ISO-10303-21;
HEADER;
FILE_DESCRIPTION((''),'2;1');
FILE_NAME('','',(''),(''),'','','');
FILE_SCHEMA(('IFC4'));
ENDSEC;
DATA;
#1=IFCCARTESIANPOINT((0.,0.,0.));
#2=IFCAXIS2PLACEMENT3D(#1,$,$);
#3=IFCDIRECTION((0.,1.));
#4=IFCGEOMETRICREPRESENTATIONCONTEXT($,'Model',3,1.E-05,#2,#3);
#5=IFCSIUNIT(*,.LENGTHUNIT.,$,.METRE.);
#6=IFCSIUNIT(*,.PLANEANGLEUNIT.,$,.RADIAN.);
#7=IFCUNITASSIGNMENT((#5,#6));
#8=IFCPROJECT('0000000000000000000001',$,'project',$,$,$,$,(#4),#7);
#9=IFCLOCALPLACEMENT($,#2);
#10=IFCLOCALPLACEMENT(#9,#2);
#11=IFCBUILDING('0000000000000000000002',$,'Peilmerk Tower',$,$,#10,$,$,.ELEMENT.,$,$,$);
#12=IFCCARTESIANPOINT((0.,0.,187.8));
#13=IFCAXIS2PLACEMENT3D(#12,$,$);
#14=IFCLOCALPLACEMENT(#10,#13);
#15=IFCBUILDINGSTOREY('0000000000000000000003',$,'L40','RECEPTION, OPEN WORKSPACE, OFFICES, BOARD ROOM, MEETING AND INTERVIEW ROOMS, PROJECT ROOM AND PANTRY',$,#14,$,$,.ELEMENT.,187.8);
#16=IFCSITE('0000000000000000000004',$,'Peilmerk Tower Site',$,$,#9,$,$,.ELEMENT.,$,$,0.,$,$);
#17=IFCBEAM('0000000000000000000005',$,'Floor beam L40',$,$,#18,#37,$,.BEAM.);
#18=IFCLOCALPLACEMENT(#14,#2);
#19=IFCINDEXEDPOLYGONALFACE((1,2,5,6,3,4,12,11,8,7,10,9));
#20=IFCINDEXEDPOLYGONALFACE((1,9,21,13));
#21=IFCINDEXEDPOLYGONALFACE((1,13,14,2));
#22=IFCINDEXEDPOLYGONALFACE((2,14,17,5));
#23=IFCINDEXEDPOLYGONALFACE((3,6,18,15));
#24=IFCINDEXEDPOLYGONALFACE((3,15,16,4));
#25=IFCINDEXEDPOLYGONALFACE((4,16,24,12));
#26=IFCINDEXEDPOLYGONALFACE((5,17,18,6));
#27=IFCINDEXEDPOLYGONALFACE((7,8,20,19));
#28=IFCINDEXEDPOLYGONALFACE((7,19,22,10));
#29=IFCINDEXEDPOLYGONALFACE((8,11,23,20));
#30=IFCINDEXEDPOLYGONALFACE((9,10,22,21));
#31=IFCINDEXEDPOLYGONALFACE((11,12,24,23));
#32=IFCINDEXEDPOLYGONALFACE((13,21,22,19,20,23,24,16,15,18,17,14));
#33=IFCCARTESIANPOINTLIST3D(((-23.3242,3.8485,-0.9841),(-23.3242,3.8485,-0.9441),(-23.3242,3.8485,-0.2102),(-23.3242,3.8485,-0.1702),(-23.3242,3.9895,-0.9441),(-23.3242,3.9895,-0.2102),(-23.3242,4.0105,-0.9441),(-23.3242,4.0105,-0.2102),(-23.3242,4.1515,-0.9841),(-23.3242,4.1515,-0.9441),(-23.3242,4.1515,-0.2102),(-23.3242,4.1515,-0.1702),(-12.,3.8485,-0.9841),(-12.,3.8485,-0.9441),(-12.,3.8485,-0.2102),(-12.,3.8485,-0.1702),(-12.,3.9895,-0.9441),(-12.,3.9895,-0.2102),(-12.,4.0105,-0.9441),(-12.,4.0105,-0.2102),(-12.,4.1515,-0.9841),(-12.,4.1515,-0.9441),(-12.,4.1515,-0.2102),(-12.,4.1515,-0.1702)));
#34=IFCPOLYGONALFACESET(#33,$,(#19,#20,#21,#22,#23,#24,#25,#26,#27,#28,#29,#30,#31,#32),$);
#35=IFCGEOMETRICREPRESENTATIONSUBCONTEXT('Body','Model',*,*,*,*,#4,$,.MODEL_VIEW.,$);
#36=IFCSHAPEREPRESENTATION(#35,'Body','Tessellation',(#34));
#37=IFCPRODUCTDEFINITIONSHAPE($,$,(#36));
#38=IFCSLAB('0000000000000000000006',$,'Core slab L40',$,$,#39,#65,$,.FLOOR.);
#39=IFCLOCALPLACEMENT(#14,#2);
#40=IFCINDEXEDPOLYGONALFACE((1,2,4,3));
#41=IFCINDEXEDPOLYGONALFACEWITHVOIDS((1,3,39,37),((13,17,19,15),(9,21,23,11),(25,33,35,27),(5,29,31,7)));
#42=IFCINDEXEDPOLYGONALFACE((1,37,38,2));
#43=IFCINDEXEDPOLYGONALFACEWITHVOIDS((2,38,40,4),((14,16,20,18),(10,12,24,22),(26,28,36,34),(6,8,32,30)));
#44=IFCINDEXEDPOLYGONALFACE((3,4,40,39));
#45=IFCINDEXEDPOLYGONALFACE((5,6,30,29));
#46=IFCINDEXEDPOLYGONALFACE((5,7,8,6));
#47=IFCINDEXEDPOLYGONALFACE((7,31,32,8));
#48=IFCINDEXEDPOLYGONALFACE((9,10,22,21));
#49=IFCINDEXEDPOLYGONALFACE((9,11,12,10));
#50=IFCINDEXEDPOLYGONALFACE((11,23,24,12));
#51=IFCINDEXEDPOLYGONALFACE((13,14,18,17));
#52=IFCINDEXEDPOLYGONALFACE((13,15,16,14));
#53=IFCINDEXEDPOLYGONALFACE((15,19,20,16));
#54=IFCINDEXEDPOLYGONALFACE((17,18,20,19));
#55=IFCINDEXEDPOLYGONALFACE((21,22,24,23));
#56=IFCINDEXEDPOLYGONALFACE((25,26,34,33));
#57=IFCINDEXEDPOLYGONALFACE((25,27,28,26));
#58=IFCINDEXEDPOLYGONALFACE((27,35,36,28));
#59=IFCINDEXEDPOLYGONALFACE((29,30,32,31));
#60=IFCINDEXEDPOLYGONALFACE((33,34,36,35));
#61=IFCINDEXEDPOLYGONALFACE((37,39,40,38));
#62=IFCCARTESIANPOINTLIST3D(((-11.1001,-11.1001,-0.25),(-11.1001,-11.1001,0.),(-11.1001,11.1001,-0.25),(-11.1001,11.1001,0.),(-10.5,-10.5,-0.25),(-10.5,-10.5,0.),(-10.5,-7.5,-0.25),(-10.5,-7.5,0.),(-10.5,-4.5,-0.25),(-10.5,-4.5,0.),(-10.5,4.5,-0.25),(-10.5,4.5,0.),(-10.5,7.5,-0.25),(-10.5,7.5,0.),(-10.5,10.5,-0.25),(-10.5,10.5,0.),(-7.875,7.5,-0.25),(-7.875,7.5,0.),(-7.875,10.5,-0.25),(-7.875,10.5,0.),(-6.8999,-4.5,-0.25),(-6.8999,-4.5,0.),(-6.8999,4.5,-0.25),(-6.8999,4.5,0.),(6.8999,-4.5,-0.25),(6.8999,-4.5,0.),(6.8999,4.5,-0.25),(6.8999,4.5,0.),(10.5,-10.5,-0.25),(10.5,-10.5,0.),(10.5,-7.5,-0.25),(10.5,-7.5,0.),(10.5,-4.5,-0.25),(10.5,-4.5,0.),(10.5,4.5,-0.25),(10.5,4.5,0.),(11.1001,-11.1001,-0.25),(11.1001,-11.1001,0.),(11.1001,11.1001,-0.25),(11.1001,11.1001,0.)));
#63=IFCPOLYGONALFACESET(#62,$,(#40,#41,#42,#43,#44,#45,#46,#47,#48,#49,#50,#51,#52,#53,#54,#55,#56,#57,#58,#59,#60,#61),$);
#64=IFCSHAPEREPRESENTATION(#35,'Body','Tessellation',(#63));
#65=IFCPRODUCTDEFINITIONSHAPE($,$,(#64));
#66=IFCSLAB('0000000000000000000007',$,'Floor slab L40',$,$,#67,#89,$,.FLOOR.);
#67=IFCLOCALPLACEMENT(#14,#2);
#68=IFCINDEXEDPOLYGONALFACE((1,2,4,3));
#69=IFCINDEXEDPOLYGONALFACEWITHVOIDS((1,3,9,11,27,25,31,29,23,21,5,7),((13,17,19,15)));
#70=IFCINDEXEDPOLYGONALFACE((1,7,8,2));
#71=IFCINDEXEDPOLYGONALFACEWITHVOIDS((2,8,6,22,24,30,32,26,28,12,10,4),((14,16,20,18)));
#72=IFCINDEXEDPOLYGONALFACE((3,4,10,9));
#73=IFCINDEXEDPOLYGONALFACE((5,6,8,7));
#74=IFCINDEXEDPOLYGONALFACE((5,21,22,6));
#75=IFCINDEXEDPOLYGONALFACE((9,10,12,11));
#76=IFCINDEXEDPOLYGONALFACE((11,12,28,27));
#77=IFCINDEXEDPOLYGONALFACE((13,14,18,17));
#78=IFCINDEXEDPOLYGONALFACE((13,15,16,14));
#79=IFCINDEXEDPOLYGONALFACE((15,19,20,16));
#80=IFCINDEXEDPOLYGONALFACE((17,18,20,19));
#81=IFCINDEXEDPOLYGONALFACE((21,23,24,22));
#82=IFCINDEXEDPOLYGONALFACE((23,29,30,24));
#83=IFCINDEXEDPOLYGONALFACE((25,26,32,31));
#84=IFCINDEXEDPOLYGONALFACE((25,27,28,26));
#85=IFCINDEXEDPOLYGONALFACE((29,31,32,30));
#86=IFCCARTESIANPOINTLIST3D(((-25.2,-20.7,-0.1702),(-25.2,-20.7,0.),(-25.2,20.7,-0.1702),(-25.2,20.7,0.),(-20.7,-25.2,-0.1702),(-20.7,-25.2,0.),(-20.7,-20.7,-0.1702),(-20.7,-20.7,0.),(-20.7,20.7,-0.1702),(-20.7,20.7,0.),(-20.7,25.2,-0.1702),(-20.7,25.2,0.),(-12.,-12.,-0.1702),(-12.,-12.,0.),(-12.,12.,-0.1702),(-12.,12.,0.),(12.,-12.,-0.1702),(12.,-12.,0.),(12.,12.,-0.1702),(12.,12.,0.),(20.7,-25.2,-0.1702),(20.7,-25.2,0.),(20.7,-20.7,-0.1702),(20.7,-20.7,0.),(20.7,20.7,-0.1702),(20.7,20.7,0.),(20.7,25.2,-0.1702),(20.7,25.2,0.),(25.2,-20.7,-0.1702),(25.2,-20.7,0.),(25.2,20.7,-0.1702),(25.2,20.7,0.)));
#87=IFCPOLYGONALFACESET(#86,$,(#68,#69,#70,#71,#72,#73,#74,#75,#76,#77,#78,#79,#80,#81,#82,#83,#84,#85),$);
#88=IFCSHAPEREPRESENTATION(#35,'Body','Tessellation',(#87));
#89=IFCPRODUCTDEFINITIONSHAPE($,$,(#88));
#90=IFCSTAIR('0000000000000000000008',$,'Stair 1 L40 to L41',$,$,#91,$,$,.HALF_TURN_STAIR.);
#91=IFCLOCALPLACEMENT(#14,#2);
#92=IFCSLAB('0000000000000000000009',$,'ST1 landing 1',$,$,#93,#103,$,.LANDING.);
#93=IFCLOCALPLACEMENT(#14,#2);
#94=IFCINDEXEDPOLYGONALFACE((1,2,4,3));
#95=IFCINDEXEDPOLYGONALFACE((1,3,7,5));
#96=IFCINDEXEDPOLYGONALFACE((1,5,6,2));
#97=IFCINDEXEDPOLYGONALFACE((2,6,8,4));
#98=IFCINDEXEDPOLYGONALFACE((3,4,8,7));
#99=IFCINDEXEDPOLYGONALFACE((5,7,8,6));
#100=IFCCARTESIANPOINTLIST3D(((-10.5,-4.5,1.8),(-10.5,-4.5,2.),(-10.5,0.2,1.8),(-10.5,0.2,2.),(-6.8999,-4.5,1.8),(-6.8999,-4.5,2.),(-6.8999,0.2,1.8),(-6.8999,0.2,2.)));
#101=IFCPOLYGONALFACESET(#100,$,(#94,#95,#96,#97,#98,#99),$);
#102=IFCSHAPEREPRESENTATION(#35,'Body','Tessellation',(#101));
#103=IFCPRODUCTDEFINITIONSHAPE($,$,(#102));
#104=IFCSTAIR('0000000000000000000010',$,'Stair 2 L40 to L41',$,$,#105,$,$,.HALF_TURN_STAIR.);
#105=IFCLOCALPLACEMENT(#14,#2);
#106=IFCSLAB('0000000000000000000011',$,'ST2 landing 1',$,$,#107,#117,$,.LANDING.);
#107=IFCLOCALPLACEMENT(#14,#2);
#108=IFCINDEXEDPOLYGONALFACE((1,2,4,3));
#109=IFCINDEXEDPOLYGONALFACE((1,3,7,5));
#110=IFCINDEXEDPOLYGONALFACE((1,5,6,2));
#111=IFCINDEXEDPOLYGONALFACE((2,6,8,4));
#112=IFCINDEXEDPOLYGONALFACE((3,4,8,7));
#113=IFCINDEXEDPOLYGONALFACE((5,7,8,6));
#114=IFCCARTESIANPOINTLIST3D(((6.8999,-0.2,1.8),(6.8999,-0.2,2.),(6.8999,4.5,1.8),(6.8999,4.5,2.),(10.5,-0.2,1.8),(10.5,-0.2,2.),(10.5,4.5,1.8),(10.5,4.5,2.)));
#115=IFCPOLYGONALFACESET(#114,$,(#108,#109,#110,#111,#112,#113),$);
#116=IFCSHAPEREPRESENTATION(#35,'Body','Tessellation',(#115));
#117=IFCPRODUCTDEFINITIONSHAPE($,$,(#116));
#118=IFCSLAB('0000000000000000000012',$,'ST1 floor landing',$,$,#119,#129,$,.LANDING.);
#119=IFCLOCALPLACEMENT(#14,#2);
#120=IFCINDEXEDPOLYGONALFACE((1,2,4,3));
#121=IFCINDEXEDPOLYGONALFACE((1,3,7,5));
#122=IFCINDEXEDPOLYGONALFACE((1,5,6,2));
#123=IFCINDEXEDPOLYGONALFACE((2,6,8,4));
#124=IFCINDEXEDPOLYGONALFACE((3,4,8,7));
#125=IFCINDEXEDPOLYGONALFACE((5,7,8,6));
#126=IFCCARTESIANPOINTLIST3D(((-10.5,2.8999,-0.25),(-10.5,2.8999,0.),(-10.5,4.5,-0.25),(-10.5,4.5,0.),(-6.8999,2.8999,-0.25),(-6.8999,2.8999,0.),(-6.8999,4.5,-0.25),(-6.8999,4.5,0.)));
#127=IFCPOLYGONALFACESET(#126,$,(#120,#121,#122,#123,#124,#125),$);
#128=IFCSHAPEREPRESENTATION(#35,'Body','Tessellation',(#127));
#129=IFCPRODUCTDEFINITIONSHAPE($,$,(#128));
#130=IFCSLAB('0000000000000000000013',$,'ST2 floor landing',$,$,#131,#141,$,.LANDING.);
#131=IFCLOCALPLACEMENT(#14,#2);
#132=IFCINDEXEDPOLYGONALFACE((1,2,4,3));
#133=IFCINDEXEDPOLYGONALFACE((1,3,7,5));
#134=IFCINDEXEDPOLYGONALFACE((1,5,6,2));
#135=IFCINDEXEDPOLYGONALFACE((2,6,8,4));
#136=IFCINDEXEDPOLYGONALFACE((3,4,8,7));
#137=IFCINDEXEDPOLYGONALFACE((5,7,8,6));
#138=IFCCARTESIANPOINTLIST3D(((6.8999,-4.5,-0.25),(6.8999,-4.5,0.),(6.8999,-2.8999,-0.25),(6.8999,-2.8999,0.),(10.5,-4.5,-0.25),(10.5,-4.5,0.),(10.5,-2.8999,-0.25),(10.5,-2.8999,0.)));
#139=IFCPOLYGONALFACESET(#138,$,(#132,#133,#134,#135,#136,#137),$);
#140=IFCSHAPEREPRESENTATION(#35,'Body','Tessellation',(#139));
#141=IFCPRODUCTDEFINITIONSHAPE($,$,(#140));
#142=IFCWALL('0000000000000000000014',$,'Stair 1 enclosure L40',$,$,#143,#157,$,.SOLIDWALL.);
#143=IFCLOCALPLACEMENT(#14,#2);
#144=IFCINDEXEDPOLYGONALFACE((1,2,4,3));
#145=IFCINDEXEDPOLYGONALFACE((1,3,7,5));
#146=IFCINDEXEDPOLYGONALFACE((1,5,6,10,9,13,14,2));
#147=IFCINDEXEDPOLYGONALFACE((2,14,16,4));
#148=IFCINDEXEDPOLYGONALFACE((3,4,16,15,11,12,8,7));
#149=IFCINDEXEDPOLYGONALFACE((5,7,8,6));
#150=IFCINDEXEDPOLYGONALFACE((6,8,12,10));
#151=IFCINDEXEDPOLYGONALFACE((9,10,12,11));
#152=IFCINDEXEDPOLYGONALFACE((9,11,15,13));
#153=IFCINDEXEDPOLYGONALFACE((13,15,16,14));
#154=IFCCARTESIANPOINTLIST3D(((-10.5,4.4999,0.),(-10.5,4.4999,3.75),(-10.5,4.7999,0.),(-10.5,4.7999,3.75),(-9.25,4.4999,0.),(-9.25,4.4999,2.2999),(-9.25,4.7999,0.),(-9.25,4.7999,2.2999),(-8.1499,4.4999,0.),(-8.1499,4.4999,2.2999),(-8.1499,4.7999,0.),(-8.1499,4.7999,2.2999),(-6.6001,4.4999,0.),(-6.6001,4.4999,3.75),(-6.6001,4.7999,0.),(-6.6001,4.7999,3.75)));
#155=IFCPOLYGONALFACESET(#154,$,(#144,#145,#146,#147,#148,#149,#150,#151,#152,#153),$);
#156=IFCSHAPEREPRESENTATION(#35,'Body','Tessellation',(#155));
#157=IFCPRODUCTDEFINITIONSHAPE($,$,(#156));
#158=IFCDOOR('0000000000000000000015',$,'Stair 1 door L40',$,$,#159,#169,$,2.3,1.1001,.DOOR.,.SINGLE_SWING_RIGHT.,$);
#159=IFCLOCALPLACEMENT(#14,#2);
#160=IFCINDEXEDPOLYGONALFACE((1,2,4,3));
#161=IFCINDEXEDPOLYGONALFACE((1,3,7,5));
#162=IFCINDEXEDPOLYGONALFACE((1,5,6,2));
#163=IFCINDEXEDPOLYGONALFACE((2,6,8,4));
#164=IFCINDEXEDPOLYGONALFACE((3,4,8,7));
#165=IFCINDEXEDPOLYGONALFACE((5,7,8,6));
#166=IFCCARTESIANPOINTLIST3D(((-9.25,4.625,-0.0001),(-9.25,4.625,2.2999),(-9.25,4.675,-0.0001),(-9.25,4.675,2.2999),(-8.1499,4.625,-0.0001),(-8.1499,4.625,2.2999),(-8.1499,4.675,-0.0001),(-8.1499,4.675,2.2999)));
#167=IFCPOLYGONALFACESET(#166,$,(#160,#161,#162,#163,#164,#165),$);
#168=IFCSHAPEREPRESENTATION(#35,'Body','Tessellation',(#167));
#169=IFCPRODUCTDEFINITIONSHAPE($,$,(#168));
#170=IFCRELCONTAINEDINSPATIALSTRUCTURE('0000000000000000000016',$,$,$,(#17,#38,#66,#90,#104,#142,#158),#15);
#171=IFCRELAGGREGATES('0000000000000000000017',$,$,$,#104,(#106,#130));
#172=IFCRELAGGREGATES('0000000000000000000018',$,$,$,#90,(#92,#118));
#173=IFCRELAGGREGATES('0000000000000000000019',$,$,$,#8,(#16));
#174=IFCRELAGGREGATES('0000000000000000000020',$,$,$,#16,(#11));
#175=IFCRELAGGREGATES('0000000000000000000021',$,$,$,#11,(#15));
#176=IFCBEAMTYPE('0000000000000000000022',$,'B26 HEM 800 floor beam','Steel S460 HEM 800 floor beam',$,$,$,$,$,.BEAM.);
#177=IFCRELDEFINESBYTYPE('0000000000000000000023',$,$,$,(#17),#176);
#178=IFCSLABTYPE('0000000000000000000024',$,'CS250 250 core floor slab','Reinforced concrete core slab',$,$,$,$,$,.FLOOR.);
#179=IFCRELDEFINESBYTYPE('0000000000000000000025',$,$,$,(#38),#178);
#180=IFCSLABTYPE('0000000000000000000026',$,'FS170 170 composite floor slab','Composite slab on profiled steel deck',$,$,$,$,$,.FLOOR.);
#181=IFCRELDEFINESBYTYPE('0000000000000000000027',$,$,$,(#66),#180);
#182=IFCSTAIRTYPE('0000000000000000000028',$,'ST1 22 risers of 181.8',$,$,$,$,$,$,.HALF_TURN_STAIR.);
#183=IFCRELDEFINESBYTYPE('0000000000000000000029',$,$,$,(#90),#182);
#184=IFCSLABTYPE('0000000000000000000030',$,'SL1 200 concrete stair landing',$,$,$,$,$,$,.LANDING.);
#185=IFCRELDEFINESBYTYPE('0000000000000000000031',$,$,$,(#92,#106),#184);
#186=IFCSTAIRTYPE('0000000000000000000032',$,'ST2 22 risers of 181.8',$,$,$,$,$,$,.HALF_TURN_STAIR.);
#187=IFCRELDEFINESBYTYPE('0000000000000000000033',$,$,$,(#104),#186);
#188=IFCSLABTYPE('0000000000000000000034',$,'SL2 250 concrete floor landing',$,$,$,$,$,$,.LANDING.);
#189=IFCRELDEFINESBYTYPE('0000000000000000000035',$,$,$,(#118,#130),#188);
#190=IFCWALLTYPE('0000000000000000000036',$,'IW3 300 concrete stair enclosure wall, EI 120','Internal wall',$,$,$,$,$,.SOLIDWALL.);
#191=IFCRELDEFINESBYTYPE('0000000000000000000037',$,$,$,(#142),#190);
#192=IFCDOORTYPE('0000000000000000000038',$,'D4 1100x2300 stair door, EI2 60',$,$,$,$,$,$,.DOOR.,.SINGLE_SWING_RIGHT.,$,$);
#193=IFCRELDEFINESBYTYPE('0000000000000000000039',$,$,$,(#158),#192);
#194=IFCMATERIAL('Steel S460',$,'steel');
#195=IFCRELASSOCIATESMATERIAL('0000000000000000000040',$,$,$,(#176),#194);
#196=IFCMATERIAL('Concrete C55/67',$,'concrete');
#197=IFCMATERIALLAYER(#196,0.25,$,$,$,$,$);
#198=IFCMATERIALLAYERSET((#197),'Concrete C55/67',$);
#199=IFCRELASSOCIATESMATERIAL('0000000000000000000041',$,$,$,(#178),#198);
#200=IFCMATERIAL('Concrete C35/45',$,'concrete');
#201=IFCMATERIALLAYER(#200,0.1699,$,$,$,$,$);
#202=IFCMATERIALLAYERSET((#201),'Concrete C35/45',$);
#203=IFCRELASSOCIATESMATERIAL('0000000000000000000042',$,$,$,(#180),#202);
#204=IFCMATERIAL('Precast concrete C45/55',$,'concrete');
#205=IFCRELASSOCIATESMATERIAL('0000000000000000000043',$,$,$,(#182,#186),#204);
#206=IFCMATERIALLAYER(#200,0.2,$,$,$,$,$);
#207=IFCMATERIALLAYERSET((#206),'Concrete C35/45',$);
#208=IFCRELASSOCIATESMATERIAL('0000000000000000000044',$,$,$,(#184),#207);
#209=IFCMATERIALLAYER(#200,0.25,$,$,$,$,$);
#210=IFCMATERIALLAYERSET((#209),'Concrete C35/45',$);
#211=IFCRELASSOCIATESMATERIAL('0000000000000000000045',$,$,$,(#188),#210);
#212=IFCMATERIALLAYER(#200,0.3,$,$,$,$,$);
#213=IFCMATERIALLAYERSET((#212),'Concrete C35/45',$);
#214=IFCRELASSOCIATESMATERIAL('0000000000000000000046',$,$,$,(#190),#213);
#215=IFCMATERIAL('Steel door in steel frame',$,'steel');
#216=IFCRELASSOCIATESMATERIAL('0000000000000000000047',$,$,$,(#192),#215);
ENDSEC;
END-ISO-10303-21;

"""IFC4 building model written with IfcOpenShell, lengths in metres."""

from ifc_helpers import new_model, si_unit, direction, frame, frame_2d, origin, origin_2d, place, context, subcontext, project, spatial, polyline, rectangle, i_section, outline, extrude, material, layer, layer_set, material_profile, profile_set, type_object, element, fill, aggregate, save


model = new_model("IFC4")

# Units and contexts
model_context = context("Model", 3, precision=1e-05, world=origin(), true_north=direction((0.0, 1.0)))
body_context = subcontext(model_context, "Body", "Model", "MODEL_VIEW")
ifc_project = project(units=[si_unit("LENGTHUNIT", "METRE"), si_unit("PLANEANGLEUNIT", "RADIAN")], contexts=[model_context])

# Site, building, storey
site_placement = place(None, origin())
site = spatial("IfcSite", under=ifc_project, at=site_placement, Name="Peilmerk Tower Site", CompositionType="ELEMENT", RefElevation=0.0)
building_placement = place(site_placement, origin())
building = spatial("IfcBuilding", under=site, at=building_placement, Name="Peilmerk Tower", CompositionType="ELEMENT")
storey_placement = place(building_placement, frame((0.0, 0.0, 187.8)))
storey = spatial("IfcBuildingStorey", under=building, at=storey_placement, Name="L40", Description="RECEPTION, OPEN WORKSPACE, OFFICES, BOARD ROOM, MEETING AND INTERVIEW ROOMS, PROJECT ROOM AND PANTRY", CompositionType="ELEMENT", Elevation=187.8)

# Beam
ifc_material_1 = material(Name="Steel S460", Category="steel")
ifc_material_profile = material_profile(ifc_material_1, i_section(OverallWidth=0.303, OverallDepth=0.814, WebThickness=0.021, FlangeThickness=0.04, at=origin_2d()), Name="HEM 800")
ifc_profile_set = profile_set([ifc_material_profile], Name="Steel S460")
beam_type = type_object("IfcBeamType", Name="B26 HEM 800 floor beam", Description="Steel S460 HEM 800 floor beam", PredefinedType="BEAM", material=ifc_profile_set)
beam_placement = place(storey_placement, frame((-12.0, 4.0, -0.5771), z_axis=(-1.0, 0.0, 0.0), x_axis=(0.0, -1.0, 0.0)))
element("IfcBeam", 1, at=beam_placement, inside=storey, type_object=beam_type, Name="Floor beam L40", PredefinedType="BEAM", context=body_context, shape_type="SweptSolid", body=[
    extrude(i_section(OverallWidth=0.303, OverallDepth=0.814, WebThickness=0.021, FlangeThickness=0.04, at=origin_2d()), origin(), (0.0, 0.0, 1.0), 11.3242),
])

# Slabs
ifc_material_2 = material(Name="Concrete C55/67", Category="concrete")
ifc_layer_1 = layer(ifc_material_2, 0.25)
ifc_layer_set_1 = layer_set([ifc_layer_1], Name="Concrete C55/67")
slab_type_1 = type_object("IfcSlabType", Name="CS250 250 core floor slab", Description="Reinforced concrete core slab", PredefinedType="FLOOR", material=ifc_layer_set_1)
slab_1_placement = place(storey_placement, frame((0.0, 0.0, -0.25)))
element("IfcSlab", 2, at=slab_1_placement, inside=storey, type_object=slab_type_1, Name="Core slab L40", PredefinedType="FLOOR", context=body_context, shape_type="SweptSolid", body=[
    extrude(outline(polyline([(11.1001, 11.1001), (-11.1001, 11.1001), (-11.1001, -11.1001), (11.1001, -11.1001), (11.1001, 11.1001)]), holes=[polyline([(-10.5, 7.5), (-10.5, 10.5), (-7.875, 10.5), (-7.875, 7.5), (-10.5, 7.5)]), polyline([(-10.5, -10.5), (-10.5, -7.5), (10.5, -7.5), (10.5, -10.5), (-10.5, -10.5)]), polyline([(-10.5, 4.5), (-6.8999, 4.5), (-6.8999, -4.5), (-10.5, -4.5), (-10.5, 4.5)]), polyline([(10.5, 4.5), (10.5, -4.5), (6.8999, -4.5), (6.8999, 4.5), (10.5, 4.5)])]), origin(), (0.0, 0.0, 1.0), 0.25),
])
ifc_material_3 = material(Name="Concrete C35/45", Category="concrete")
ifc_layer_2 = layer(ifc_material_3, 0.1699)
ifc_layer_set_2 = layer_set([ifc_layer_2], Name="Concrete C35/45")
slab_type_2 = type_object("IfcSlabType", Name="FS170 170 composite floor slab", Description="Composite slab on profiled steel deck", PredefinedType="FLOOR", material=ifc_layer_set_2)
slab_2_placement = place(storey_placement, frame((0.0, 0.0, -0.1702)))
element("IfcSlab", 3, at=slab_2_placement, inside=storey, type_object=slab_type_2, Name="Floor slab L40", PredefinedType="FLOOR", context=body_context, shape_type="SweptSolid", body=[
    extrude(outline(polyline([(-20.7, -25.2), (20.7, -25.2), (20.7, -20.7), (25.2, -20.7), (25.2, 20.7), (20.7, 20.7), (20.7, 25.2), (-20.7, 25.2), (-20.7, 20.7), (-25.2, 20.7), (-25.2, -20.7), (-20.7, -20.7), (-20.7, -25.2)]), holes=[polyline([(12.0, 12.0), (12.0, -12.0), (-12.0, -12.0), (-12.0, 12.0), (12.0, 12.0)])]), origin(), (0.0, 0.0, 1.0), 0.1702),
])

# Stairs, slabs
ifc_material_4 = material(Name="Precast concrete C45/55", Category="concrete")
stair_type_1 = type_object("IfcStairType", Name="ST1 22 risers of 181.8", PredefinedType="HALF_TURN_STAIR", material=ifc_material_4)
stair_1_placement = place(storey_placement, origin())
stair_1 = element("IfcStair", 4, at=stair_1_placement, inside=storey, type_object=stair_type_1, Name="Stair 1 L40 to L41", PredefinedType="HALF_TURN_STAIR")
ifc_layer_3 = layer(ifc_material_3, 0.2)
ifc_layer_set_3 = layer_set([ifc_layer_3], Name="Concrete C35/45")
slab_type_3 = type_object("IfcSlabType", Name="SL1 200 concrete stair landing", PredefinedType="LANDING", material=ifc_layer_set_3)
slab_3_placement = place(storey_placement, frame((0.0, 0.0, 1.8)))
slab_3 = element("IfcSlab", 5, at=slab_3_placement, type_object=slab_type_3, Name="ST1 landing 1", PredefinedType="LANDING", context=body_context, shape_type="SweptSolid", body=[
    extrude(outline(polyline([(-10.5, -4.5), (-6.8999, -4.5), (-6.8999, 0.2), (-10.5, 0.2), (-10.5, -4.5)])), origin(), (0.0, 0.0, 1.0), 0.2),
])
stair_type_2 = type_object("IfcStairType", Name="ST2 22 risers of 181.8", PredefinedType="HALF_TURN_STAIR", material=ifc_material_4)
stair_2_placement = place(storey_placement, origin())
stair_2 = element("IfcStair", 6, at=stair_2_placement, inside=storey, type_object=stair_type_2, Name="Stair 2 L40 to L41", PredefinedType="HALF_TURN_STAIR")
slab_4_placement = place(storey_placement, frame((0.0, 0.0, 1.8)))
slab_4 = element("IfcSlab", 7, at=slab_4_placement, type_object=slab_type_3, Name="ST2 landing 1", PredefinedType="LANDING", context=body_context, shape_type="SweptSolid", body=[
    extrude(outline(polyline([(6.8999, -0.2), (10.5, -0.2), (10.5, 4.5), (6.8999, 4.5), (6.8999, -0.2)])), origin(), (0.0, 0.0, 1.0), 0.2),
])

# Slabs
ifc_layer_4 = layer(ifc_material_3, 0.25)
ifc_layer_set_4 = layer_set([ifc_layer_4], Name="Concrete C35/45")
slab_type_4 = type_object("IfcSlabType", Name="SL2 250 concrete floor landing", PredefinedType="LANDING", material=ifc_layer_set_4)
slab_5_placement = place(storey_placement, frame((0.0, 0.0, -0.25)))
slab_5 = element("IfcSlab", 8, at=slab_5_placement, type_object=slab_type_4, Name="ST1 floor landing", PredefinedType="LANDING", context=body_context, shape_type="SweptSolid", body=[
    extrude(outline(polyline([(-10.5, 2.8999), (-6.8999, 2.8999), (-6.8999, 4.5), (-10.5, 4.5), (-10.5, 2.8999)])), origin(), (0.0, 0.0, 1.0), 0.25),
])
slab_6_placement = place(storey_placement, frame((0.0, 0.0, -0.25)))
slab_6 = element("IfcSlab", 9, at=slab_6_placement, type_object=slab_type_4, Name="ST2 floor landing", PredefinedType="LANDING", context=body_context, shape_type="SweptSolid", body=[
    extrude(outline(polyline([(6.8999, -4.5), (10.5, -4.5), (10.5, -2.8999), (6.8999, -2.8999), (6.8999, -4.5)])), origin(), (0.0, 0.0, 1.0), 0.25),
])
aggregate(stair_2, [slab_4, slab_6])

# Wall, opening, door
ifc_layer_5 = layer(ifc_material_3, 0.3)
ifc_layer_set_5 = layer_set([ifc_layer_5], Name="Concrete C35/45")
wall_type_1 = type_object("IfcWallType", Name="IW3 300 concrete stair enclosure wall, EI 120", Description="Internal wall", PredefinedType="SOLIDWALL", material=ifc_layer_set_5)
wall_1_placement = place(storey_placement, frame((-10.5, 4.6499, 0.0), z_axis=(0.0, 0.0, 1.0), x_axis=(1.0, 0.0, 0.0)))
wall_1 = element("IfcWall", 10, at=wall_1_placement, inside=storey, type_object=wall_type_1, Name="Stair 1 enclosure L40", PredefinedType="SOLIDWALL", context=body_context, shape_type="SweptSolid", body=[
    extrude(rectangle(XDim=3.8999, YDim=0.3, at=frame_2d((1.95, 0.0))), origin(), (0.0, 0.0, 1.0), 3.75),
])
opening_1_placement = place(wall_1_placement, frame((1.25, 0.0, 0.0)))
opening_1 = element("IfcOpeningElement", 11, at=opening_1_placement, cuts=wall_1, PredefinedType="OPENING", context=body_context, shape_type="SweptSolid", body=[
    extrude(rectangle(XDim=1.1001, YDim=2.3, at=frame_2d((0.55, 1.1499))), frame((0.0, 0.1599, 0.0), z_axis=(0.0, -1.0, 0.0), x_axis=(1.0, 0.0, 0.0)), (0.0, 0.0, 1.0), 0.3201),
])
ifc_material_5 = material(Name="Steel door in steel frame", Category="steel")
door_type_1 = type_object("IfcDoorType", Name="D4 1100x2300 stair door, EI2 60", OperationType="SINGLE_SWING_RIGHT", PredefinedType="DOOR", material=ifc_material_5)
door_1_placement = place(opening_1_placement, frame((1.1001, 0.0, 0.0), z_axis=(0.0, 0.0, 1.0), x_axis=(-1.0, 0.0, 0.0)))
door_1 = element("IfcDoor", 12, at=door_1_placement, inside=storey, type_object=door_type_1, Name="Stair 1 door L40", OperationType="SINGLE_SWING_RIGHT", OverallHeight=2.3, OverallWidth=1.1001, PredefinedType="DOOR", context=body_context, shape_type="SweptSolid", body=[
    extrude(rectangle(XDim=1.1001, YDim=2.3, at=frame_2d((0.55, 1.1499))), frame((0.0, 0.0249, 0.0), z_axis=(0.0, -1.0, 0.0), x_axis=(1.0, 0.0, 0.0)), (0.0, 0.0, 1.0), 0.05),
])
fill(opening_1, door_1)

aggregate(stair_1, [slab_3, slab_5])

save(model, "model.ifc")
